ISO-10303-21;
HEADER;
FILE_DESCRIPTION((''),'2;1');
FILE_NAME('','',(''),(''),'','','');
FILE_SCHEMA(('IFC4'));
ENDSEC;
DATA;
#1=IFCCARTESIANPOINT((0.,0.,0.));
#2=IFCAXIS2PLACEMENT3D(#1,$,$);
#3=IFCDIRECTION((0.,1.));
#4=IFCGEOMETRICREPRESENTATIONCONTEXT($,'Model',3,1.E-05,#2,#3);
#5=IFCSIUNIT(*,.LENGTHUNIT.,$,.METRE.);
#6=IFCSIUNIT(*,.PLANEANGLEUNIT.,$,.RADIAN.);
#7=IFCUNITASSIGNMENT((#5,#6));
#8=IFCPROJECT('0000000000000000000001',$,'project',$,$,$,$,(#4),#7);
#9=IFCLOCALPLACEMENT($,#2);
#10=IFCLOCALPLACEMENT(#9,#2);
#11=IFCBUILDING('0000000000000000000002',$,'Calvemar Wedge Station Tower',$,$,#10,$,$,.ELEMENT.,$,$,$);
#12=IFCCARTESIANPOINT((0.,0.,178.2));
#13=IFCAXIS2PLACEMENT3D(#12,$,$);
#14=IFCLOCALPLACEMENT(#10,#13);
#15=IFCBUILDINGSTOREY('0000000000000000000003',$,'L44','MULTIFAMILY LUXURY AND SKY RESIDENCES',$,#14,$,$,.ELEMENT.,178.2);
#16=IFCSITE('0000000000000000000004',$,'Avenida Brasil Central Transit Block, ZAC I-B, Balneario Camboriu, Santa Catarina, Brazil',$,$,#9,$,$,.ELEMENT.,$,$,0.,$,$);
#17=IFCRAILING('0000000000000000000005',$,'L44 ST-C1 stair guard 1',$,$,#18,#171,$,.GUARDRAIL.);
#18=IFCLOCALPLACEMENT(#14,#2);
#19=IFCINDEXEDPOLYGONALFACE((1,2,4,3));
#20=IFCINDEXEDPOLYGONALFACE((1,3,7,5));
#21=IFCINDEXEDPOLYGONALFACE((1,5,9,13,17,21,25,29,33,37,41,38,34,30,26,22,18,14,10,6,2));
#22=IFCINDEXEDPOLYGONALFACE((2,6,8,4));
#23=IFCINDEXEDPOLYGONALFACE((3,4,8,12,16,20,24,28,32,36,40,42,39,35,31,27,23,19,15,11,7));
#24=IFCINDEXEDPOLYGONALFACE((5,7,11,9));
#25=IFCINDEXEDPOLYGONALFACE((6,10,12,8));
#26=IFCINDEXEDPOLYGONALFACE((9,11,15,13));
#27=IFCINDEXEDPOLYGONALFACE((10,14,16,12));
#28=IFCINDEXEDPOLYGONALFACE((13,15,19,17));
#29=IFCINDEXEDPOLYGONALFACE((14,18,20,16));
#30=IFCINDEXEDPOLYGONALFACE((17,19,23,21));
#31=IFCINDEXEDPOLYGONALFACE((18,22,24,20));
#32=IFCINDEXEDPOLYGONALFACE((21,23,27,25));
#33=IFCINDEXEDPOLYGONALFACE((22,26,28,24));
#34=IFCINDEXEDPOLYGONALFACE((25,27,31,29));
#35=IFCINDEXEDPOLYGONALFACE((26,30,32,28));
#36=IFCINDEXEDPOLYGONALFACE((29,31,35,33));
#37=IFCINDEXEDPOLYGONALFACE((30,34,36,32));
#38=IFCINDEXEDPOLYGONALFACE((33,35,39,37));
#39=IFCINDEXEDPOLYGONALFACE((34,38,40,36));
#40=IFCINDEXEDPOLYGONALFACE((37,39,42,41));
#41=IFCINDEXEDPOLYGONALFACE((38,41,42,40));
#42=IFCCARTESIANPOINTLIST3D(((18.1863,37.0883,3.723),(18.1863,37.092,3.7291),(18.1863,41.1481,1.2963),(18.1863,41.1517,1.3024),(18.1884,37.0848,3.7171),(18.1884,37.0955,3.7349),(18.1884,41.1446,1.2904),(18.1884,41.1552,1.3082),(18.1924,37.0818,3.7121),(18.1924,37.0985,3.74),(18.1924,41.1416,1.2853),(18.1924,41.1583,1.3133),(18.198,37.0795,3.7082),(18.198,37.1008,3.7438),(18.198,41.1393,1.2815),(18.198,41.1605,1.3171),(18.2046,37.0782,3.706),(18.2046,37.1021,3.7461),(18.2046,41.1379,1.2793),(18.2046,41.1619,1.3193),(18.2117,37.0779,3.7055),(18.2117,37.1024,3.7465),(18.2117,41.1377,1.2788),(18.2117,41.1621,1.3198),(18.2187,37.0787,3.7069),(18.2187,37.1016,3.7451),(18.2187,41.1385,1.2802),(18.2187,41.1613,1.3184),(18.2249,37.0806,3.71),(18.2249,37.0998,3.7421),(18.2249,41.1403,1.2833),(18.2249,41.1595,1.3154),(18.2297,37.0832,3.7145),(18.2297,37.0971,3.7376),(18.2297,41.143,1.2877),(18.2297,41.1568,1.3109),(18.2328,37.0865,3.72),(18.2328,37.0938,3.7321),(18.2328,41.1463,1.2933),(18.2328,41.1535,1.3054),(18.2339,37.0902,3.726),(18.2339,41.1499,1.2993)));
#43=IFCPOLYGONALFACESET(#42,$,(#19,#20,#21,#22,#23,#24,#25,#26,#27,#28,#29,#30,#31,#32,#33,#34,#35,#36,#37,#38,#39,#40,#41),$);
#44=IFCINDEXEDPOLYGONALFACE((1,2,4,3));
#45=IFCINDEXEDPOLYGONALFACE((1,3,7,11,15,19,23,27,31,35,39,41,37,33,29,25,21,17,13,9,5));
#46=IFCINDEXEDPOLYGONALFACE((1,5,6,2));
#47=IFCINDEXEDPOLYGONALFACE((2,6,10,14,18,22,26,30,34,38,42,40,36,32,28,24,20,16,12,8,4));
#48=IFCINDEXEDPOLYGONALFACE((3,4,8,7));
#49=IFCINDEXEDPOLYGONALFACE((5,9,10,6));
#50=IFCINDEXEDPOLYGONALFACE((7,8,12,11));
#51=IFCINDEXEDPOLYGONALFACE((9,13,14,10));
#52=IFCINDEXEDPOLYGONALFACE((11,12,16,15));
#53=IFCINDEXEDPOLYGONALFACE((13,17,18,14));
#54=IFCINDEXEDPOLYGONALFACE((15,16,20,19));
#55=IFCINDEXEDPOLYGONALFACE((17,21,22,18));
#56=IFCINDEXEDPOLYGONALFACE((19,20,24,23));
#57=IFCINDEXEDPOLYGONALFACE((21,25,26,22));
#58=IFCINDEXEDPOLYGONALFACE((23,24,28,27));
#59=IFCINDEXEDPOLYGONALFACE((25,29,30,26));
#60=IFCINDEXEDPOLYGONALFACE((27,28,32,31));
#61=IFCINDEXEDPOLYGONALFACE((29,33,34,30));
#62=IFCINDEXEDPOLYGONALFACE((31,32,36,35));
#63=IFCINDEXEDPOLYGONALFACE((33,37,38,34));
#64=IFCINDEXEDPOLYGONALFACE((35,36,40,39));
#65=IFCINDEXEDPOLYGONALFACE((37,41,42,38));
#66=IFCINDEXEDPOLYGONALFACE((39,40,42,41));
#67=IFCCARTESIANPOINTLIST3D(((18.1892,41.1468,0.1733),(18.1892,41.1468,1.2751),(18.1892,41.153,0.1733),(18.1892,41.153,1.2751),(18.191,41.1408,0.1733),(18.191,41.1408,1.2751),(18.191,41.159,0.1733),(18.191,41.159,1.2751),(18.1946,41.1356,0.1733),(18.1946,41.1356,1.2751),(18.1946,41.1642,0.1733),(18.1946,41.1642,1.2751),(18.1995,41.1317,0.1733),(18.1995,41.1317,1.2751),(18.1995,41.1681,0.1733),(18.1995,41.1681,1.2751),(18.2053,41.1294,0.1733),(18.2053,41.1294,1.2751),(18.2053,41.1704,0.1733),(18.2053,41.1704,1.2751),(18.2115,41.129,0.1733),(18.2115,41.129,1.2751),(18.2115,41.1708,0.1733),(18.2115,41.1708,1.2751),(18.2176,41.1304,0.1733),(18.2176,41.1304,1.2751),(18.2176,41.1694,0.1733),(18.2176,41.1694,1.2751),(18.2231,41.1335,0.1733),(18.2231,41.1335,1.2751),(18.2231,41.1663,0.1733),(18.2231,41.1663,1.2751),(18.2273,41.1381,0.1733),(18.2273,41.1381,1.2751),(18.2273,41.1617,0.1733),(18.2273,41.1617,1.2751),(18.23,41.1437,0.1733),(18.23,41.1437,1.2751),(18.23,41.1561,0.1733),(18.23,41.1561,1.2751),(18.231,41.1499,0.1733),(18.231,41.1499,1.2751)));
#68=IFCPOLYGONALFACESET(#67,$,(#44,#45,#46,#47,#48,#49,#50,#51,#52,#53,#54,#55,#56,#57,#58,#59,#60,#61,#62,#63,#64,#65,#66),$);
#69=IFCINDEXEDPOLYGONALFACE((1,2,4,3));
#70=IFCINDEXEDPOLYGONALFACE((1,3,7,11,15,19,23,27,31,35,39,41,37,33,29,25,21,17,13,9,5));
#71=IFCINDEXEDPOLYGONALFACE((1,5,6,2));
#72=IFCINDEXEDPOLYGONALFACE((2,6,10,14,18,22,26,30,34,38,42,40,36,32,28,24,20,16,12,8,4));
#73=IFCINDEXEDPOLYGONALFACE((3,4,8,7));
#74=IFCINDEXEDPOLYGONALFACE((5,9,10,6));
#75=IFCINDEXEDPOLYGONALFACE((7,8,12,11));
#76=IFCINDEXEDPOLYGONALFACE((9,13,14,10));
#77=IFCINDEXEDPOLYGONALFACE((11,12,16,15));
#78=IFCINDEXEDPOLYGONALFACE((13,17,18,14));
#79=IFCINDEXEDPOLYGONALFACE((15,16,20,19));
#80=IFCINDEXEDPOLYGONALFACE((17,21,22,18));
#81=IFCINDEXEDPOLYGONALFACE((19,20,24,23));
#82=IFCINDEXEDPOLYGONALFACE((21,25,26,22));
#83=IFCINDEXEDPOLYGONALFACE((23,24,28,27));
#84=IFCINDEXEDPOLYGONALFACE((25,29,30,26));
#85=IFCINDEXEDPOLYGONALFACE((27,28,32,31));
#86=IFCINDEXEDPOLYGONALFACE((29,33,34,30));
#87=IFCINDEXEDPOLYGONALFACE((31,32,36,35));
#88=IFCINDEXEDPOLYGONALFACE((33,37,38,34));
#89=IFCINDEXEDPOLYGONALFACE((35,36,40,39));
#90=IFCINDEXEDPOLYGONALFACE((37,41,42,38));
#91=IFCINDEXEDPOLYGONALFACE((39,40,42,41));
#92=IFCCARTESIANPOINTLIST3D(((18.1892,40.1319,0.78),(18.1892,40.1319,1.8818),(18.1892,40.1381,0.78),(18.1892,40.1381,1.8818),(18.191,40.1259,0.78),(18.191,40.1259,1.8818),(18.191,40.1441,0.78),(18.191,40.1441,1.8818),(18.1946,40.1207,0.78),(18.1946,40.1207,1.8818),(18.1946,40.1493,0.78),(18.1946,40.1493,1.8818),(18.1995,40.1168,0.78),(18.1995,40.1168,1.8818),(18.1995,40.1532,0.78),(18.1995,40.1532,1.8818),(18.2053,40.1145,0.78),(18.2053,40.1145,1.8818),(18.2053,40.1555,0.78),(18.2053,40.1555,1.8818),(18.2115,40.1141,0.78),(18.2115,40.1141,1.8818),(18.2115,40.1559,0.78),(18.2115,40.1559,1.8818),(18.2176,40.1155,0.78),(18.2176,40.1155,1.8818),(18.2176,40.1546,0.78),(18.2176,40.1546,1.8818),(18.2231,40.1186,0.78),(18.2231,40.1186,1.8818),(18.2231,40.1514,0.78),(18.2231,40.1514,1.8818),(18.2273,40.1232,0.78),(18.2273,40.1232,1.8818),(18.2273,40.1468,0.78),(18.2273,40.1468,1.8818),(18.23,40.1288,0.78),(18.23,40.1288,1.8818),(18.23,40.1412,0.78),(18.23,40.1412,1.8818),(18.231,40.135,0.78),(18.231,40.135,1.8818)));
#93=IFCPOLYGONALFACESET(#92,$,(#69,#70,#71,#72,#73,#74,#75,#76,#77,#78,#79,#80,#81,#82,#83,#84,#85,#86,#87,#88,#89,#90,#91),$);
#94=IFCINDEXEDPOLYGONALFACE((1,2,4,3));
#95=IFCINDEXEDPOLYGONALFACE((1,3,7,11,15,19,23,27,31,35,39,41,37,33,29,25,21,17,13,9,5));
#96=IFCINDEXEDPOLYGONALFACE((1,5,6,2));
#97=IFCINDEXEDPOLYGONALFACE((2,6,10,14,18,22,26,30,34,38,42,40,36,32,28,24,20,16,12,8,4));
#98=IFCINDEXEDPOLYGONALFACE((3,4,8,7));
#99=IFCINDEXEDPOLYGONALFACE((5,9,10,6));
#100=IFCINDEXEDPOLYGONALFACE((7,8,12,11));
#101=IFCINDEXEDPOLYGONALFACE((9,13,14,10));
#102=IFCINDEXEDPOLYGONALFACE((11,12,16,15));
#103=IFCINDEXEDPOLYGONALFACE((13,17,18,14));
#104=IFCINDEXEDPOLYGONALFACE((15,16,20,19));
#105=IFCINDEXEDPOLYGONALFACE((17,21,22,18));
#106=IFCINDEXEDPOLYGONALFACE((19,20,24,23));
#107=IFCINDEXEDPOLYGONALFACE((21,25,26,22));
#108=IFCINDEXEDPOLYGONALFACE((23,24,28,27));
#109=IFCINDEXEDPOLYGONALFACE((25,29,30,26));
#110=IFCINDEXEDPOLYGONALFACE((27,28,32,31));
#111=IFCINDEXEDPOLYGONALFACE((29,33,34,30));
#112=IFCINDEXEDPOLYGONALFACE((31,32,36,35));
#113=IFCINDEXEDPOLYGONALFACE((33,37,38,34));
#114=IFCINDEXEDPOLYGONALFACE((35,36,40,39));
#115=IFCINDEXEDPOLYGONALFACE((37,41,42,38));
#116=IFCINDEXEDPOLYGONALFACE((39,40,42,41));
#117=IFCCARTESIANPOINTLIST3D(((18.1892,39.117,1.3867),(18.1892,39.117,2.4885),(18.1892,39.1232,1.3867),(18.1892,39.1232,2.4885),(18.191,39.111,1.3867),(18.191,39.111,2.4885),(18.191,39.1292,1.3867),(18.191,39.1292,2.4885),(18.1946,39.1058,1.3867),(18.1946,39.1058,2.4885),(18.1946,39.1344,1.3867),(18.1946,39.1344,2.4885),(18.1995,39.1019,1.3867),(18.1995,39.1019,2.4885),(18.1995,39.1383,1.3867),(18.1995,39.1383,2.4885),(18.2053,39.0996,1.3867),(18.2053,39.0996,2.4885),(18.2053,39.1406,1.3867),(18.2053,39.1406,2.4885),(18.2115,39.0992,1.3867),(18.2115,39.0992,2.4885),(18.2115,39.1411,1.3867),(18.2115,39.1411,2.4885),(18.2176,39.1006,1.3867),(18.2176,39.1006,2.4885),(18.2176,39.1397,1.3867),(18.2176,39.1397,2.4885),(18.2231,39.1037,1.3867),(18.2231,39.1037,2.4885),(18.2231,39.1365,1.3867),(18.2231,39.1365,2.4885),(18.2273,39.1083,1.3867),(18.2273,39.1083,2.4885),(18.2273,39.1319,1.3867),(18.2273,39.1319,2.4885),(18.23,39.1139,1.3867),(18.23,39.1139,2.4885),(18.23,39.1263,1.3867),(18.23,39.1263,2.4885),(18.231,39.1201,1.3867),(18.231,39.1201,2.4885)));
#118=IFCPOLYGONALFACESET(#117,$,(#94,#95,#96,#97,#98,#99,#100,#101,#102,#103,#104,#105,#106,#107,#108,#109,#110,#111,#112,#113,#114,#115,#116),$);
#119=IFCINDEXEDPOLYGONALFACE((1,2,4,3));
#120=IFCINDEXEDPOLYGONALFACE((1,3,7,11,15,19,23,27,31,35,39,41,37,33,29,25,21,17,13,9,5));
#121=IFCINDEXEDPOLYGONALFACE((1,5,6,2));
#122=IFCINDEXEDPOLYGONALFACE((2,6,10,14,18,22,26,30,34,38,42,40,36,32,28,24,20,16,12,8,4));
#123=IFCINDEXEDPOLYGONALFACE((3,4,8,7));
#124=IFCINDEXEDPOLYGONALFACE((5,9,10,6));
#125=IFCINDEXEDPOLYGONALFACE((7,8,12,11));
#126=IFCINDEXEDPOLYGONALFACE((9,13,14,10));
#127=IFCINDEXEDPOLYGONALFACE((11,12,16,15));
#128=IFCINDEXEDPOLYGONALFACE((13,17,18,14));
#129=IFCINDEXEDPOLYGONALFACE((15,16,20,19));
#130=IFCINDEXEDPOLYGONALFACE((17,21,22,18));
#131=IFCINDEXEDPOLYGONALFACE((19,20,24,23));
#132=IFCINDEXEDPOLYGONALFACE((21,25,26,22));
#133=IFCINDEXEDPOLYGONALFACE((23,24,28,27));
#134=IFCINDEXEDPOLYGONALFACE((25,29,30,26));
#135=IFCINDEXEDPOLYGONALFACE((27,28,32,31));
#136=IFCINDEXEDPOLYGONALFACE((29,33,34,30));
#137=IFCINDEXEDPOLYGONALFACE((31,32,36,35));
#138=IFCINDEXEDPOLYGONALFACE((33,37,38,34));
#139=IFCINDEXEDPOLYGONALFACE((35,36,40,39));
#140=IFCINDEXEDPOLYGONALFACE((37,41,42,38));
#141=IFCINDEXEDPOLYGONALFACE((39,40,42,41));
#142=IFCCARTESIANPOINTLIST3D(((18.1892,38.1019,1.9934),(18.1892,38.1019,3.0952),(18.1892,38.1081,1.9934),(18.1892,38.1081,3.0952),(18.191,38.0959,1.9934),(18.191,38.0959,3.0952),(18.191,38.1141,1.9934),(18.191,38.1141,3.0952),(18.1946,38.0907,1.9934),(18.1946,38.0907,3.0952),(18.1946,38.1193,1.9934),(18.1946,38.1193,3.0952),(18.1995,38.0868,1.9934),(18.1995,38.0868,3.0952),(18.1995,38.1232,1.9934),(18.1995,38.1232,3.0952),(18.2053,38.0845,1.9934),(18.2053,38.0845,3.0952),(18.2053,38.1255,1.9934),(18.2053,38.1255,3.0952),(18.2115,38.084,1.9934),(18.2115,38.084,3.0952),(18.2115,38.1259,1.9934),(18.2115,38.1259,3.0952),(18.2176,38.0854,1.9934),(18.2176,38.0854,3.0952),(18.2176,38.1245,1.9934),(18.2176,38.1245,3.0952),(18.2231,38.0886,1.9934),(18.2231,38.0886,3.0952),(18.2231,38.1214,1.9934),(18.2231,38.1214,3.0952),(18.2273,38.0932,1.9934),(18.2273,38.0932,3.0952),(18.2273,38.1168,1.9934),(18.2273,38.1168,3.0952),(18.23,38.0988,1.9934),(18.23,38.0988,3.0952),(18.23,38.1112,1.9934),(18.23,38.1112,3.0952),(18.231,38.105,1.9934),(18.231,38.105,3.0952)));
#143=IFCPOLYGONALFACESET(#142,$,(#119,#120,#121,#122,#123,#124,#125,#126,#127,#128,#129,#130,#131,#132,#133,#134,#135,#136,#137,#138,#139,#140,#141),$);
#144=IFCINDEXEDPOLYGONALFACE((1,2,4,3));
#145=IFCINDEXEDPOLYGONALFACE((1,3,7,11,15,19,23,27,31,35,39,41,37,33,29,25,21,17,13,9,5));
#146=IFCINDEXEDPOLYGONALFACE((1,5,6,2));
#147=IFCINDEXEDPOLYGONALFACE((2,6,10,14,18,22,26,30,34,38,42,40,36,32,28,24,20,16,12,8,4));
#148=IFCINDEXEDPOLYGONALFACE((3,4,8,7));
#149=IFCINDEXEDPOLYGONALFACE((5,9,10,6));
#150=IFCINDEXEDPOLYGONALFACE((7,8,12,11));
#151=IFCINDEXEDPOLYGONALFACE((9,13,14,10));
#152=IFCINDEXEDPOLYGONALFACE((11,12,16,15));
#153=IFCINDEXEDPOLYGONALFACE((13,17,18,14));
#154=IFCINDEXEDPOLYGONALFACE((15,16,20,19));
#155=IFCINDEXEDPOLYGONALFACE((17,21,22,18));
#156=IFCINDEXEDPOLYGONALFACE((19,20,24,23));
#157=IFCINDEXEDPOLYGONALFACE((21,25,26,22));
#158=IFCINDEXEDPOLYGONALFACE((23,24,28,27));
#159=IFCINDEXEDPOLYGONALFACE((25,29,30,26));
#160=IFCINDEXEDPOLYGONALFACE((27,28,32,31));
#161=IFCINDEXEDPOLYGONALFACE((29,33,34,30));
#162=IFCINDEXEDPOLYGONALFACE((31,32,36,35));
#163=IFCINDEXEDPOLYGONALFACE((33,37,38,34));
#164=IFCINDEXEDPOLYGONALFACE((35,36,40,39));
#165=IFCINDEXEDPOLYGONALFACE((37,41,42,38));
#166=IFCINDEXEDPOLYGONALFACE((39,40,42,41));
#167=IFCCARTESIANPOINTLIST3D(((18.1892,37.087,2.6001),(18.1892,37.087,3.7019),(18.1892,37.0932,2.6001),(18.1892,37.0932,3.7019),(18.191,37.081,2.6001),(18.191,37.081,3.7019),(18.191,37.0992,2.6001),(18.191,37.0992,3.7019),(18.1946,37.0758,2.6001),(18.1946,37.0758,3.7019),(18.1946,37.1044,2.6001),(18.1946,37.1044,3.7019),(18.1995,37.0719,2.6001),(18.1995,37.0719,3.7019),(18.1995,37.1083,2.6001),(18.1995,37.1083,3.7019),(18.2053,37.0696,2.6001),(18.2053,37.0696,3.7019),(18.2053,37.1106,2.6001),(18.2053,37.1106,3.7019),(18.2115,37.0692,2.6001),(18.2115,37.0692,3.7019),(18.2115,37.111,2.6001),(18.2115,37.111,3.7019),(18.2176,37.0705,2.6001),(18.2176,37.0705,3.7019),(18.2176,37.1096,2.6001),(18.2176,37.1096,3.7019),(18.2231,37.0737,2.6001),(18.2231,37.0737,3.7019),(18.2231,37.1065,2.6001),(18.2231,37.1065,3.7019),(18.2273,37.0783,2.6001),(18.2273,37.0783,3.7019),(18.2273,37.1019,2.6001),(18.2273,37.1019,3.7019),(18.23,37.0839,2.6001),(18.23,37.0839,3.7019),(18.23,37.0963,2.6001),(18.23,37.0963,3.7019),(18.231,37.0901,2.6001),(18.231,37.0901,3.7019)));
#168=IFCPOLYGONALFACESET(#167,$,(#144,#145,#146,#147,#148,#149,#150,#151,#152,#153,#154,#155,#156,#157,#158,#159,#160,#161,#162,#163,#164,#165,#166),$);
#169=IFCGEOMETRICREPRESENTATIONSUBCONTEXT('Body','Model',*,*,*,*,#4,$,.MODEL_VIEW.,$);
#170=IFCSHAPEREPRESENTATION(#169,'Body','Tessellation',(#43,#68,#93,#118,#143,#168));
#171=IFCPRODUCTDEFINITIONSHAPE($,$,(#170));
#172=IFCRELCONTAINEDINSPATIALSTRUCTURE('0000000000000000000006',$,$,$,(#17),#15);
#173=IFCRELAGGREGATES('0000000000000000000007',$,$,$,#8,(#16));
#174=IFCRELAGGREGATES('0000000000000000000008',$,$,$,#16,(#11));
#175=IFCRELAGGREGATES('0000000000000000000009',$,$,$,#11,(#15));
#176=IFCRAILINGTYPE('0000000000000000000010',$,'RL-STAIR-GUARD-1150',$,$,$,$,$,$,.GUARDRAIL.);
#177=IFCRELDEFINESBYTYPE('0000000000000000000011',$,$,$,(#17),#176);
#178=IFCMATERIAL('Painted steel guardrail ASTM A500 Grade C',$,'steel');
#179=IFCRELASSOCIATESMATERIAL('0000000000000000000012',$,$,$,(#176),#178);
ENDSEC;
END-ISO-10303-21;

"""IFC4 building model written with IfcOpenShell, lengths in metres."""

from ifc_helpers import new_model, si_unit, direction, frame, origin, origin_2d, place, context, subcontext, project, spatial, circle, extrude, material, type_object, element, save


model = new_model("IFC4")

# Units and contexts
model_context = context("Model", 3, precision=1e-05, world=origin(), true_north=direction((0.0, 1.0)))
body_context = subcontext(model_context, "Body", "Model", "MODEL_VIEW")
ifc_project = project(units=[si_unit("LENGTHUNIT", "METRE"), si_unit("PLANEANGLEUNIT", "RADIAN")], contexts=[model_context])

# Site, building, storey
site_placement = place(None, origin())
site = spatial("IfcSite", under=ifc_project, at=site_placement, Name="Avenida Brasil Central Transit Block, ZAC I-B, Balneario Camboriu, Santa Catarina, Brazil", CompositionType="ELEMENT", RefElevation=0.0)
building_placement = place(site_placement, origin())
building = spatial("IfcBuilding", under=site, at=building_placement, Name="Calvemar Wedge Station Tower", CompositionType="ELEMENT")
storey_placement = place(building_placement, frame((0.0, 0.0, 178.2)))
storey = spatial("IfcBuildingStorey", under=building, at=storey_placement, Name="L44", Description="MULTIFAMILY LUXURY AND SKY RESIDENCES", CompositionType="ELEMENT", Elevation=178.2)

# Railing
ifc_material_1 = material(Name="Painted steel guardrail ASTM A500 Grade C", Category="steel")
railing_type = type_object("IfcRailingType", Name="RL-STAIR-GUARD-1150", PredefinedType="GUARDRAIL", material=ifc_material_1)
railing_1_placement = place(storey_placement, frame((18.21, 41.1499, 0.1733)))
element("IfcRailing", 1, at=railing_1_placement, inside=storey, type_object=railing_type, Name="L44 ST-C1 stair guard 1", PredefinedType="GUARDRAIL", context=body_context, shape_type="SweptSolid", body=[
    extrude(circle(Radius=0.0239, at=origin_2d()), frame((0.0, 0.0, 1.126), z_axis=(0.0, -0.858343, 0.513076), x_axis=(1.0, 0.0, 0.0)), (0.0, 0.0, 1.0), 4.7297),
    extrude(circle(Radius=0.021, at=origin_2d()), origin(), (0.0, 0.0, 1.0), 1.1018),
    extrude(circle(Radius=0.021, at=origin_2d()), frame((0.0, -1.0149, 0.6067)), (0.0, 0.0, 1.0), 1.1018),
    extrude(circle(Radius=0.021, at=origin_2d()), frame((0.0, -2.0298, 1.2134)), (0.0, 0.0, 1.0), 1.1018),
    extrude(circle(Radius=0.021, at=origin_2d()), frame((0.0, -3.0449, 1.8201)), (0.0, 0.0, 1.0), 1.1018),
    extrude(circle(Radius=0.021, at=origin_2d()), frame((0.0, -4.0598, 2.4268)), (0.0, 0.0, 1.0), 1.1018),
])

save(model, "model.ifc")
